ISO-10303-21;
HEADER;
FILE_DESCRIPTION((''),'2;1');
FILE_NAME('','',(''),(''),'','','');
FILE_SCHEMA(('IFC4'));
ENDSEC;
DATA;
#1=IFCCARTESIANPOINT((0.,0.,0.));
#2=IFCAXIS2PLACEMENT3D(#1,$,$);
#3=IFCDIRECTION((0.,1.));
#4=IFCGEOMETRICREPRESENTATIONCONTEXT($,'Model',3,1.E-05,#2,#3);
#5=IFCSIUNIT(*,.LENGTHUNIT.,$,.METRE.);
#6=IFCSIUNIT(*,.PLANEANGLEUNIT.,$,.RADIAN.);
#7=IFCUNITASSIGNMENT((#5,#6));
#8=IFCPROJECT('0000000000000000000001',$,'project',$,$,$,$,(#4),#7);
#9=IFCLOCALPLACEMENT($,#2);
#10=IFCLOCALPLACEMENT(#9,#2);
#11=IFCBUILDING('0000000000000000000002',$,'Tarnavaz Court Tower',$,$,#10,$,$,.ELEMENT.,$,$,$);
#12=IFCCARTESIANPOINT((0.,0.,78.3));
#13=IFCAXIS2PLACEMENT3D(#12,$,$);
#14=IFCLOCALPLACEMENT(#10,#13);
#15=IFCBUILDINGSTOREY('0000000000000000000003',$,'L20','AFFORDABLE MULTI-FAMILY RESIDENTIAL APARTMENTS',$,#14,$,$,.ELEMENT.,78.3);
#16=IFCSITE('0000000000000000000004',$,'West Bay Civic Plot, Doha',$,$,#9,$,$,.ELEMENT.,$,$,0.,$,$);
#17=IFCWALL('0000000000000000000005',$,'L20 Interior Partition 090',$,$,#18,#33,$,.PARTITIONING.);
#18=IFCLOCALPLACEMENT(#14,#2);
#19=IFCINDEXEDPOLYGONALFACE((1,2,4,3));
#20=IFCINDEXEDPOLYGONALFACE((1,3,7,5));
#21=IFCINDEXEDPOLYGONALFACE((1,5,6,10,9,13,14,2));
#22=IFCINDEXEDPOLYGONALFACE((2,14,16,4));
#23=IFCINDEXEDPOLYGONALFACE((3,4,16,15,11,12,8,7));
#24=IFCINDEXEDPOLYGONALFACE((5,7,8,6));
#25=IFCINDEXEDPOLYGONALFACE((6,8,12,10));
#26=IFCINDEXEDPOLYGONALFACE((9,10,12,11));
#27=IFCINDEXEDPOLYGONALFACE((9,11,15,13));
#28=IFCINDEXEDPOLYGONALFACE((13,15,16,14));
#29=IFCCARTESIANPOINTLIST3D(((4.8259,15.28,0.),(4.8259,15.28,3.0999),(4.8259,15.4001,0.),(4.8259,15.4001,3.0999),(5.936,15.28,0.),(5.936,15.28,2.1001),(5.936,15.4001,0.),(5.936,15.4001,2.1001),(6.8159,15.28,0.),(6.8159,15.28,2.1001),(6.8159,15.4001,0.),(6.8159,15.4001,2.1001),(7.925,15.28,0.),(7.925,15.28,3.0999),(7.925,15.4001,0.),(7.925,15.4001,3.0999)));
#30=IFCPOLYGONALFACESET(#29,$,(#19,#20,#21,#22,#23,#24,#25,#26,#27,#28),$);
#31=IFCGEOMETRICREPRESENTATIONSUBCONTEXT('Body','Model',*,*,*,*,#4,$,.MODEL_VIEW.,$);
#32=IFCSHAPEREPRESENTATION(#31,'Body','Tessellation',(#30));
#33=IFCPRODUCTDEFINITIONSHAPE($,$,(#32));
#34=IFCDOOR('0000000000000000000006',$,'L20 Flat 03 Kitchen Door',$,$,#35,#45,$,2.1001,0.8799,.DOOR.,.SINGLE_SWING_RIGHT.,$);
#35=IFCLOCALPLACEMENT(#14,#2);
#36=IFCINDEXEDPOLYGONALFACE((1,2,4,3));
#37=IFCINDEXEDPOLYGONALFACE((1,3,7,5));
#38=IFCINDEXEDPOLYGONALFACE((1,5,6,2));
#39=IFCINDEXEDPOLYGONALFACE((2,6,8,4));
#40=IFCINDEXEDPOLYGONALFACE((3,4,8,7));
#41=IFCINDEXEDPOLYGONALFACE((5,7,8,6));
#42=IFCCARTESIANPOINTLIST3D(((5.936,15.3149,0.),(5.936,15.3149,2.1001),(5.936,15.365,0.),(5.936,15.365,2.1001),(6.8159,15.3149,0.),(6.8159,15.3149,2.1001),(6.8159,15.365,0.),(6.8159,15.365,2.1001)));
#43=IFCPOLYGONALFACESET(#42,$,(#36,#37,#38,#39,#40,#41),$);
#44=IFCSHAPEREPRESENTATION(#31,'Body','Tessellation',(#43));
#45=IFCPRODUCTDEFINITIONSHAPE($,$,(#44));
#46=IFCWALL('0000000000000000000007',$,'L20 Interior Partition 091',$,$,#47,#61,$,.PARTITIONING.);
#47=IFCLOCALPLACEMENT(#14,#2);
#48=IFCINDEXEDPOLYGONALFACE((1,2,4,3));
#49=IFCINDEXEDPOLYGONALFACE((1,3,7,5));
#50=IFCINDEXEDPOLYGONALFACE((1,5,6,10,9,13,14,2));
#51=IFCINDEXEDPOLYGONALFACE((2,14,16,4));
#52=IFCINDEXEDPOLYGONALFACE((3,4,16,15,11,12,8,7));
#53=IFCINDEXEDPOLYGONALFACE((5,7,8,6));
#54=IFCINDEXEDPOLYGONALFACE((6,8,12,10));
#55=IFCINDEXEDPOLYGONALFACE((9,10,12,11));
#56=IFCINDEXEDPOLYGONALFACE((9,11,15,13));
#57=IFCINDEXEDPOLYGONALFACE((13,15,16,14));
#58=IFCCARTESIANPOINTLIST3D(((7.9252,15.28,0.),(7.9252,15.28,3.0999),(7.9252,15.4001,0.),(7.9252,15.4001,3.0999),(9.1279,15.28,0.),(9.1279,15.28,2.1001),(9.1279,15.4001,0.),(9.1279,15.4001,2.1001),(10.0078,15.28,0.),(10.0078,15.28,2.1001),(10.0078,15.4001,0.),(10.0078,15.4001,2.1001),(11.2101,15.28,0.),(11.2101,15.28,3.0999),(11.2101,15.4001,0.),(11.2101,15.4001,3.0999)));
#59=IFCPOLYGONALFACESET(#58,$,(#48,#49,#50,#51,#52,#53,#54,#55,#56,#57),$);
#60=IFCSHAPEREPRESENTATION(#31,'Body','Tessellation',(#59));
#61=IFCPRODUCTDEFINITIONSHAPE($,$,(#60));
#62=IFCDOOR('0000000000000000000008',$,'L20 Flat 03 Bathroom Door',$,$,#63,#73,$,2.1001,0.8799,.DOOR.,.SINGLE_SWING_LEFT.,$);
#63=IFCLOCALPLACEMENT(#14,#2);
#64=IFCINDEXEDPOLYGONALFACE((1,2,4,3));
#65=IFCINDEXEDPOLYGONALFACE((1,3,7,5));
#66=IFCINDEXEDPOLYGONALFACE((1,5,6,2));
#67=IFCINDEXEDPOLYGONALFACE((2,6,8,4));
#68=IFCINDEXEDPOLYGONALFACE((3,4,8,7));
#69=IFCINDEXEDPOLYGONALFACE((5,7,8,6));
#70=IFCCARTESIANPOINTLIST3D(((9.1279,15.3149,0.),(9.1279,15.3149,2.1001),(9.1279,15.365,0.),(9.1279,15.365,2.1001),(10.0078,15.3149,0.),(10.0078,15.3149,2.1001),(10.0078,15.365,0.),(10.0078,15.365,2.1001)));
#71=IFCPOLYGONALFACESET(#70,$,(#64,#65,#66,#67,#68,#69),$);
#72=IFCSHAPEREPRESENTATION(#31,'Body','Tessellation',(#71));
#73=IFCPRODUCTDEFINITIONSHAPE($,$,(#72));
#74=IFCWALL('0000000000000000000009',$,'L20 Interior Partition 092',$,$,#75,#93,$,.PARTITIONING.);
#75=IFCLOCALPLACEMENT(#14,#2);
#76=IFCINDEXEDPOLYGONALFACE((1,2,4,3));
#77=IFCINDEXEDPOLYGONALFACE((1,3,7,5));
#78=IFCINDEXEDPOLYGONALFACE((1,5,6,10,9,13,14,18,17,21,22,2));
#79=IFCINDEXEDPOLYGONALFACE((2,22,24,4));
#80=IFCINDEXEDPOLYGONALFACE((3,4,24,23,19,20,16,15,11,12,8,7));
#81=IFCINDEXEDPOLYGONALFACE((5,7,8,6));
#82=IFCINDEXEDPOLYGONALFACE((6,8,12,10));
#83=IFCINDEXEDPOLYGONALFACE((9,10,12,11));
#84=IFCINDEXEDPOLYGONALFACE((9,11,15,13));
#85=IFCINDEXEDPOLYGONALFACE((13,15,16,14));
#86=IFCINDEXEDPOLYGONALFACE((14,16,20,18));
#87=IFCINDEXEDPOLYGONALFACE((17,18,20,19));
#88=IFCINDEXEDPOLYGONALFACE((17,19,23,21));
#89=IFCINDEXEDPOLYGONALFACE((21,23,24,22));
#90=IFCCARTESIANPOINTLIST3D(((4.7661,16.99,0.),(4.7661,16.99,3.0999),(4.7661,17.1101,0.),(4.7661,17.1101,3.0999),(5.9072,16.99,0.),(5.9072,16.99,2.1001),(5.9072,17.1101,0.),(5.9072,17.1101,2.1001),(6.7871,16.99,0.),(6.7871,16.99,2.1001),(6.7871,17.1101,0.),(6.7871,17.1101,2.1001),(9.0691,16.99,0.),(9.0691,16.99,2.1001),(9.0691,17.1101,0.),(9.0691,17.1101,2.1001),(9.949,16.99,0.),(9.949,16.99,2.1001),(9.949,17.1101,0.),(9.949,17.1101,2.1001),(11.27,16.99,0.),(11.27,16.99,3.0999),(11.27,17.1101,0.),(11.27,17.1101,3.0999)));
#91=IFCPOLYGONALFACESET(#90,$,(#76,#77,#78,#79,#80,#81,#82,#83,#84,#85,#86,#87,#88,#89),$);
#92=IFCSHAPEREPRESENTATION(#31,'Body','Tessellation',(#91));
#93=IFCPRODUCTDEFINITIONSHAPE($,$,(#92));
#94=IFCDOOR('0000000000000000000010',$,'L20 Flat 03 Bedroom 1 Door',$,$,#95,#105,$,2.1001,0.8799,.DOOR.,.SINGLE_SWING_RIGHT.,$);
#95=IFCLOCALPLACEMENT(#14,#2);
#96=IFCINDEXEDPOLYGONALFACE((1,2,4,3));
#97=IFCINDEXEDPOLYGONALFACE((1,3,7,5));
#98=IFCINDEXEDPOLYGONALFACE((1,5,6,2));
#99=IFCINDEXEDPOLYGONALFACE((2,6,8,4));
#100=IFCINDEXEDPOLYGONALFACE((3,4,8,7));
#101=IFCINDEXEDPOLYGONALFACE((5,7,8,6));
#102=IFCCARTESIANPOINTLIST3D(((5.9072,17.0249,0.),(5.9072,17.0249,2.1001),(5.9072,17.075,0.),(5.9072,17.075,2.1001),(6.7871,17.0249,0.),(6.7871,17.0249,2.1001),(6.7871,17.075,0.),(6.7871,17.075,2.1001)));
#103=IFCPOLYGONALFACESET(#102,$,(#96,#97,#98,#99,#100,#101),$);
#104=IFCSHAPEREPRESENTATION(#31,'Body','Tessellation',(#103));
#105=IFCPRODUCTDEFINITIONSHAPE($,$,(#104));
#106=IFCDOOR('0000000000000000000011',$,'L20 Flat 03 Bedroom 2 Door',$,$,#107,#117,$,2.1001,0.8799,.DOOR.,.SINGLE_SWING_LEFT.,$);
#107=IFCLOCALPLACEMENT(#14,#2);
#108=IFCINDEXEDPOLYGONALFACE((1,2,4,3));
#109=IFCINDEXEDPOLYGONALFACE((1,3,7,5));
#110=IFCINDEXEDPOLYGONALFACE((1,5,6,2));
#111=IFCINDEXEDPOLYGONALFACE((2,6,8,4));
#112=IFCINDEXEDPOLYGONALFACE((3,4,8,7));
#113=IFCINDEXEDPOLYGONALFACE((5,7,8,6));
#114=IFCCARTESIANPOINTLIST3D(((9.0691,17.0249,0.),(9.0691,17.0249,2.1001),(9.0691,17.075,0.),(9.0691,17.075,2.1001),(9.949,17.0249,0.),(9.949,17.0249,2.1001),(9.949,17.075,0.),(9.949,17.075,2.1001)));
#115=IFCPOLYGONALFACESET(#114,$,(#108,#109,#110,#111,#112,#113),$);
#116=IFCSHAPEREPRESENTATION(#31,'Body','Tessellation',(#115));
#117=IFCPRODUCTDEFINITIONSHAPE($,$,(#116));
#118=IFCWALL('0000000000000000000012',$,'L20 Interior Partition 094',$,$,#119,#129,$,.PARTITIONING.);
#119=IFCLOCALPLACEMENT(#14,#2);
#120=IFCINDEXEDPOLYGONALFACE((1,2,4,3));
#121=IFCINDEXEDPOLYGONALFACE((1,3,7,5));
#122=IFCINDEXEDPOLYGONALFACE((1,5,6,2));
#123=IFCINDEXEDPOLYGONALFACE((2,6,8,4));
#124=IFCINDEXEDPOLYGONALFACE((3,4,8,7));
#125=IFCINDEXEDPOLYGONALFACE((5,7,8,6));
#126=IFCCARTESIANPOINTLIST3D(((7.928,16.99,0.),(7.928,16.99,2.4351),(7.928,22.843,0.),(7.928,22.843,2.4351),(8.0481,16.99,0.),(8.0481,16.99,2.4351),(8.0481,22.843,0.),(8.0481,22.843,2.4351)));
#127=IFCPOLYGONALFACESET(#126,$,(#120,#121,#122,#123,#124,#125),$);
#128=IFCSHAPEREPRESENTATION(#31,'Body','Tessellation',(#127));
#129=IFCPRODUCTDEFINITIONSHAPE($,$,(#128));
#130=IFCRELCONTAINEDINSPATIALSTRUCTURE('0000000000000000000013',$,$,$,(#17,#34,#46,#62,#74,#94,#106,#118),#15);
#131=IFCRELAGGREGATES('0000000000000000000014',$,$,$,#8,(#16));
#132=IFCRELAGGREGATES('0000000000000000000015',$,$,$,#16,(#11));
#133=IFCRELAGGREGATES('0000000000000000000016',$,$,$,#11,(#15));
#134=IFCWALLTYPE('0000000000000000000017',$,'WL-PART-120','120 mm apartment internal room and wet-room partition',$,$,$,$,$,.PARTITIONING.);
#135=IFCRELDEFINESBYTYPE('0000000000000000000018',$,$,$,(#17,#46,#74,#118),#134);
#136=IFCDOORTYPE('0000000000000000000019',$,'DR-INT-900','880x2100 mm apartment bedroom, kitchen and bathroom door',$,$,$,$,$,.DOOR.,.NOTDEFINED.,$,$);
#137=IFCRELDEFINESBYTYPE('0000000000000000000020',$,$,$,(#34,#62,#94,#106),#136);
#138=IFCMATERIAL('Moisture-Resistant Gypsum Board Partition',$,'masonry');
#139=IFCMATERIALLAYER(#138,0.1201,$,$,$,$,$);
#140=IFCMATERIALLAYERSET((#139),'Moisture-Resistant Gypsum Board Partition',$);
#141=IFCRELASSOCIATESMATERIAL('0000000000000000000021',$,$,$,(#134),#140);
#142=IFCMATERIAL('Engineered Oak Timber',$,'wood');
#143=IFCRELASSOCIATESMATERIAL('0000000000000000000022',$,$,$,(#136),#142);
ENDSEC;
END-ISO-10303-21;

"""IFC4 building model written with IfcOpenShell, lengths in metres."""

from ifc_helpers import new_model, si_unit, direction, frame, frame_2d, origin, place, context, subcontext, project, spatial, rectangle, extrude, material, layer, layer_set, type_object, element, fill, save


model = new_model("IFC4")

# Units and contexts
model_context = context("Model", 3, precision=1e-05, world=origin(), true_north=direction((0.0, 1.0)))
body_context = subcontext(model_context, "Body", "Model", "MODEL_VIEW")
ifc_project = project(units=[si_unit("LENGTHUNIT", "METRE"), si_unit("PLANEANGLEUNIT", "RADIAN")], contexts=[model_context])

# Site, building, storey
site_placement = place(None, origin())
site = spatial("IfcSite", under=ifc_project, at=site_placement, Name="West Bay Civic Plot, Doha", CompositionType="ELEMENT", RefElevation=0.0)
building_placement = place(site_placement, origin())
building = spatial("IfcBuilding", under=site, at=building_placement, Name="Tarnavaz Court Tower", CompositionType="ELEMENT")
storey_placement = place(building_placement, frame((0.0, 0.0, 78.3)))
storey = spatial("IfcBuildingStorey", under=building, at=storey_placement, Name="L20", Description="AFFORDABLE MULTI-FAMILY RESIDENTIAL APARTMENTS", CompositionType="ELEMENT", Elevation=78.3)

# Walls, openings, doors
ifc_material_1 = material(Name="Moisture-Resistant Gypsum Board Partition", Category="masonry")
ifc_layer_1 = layer(ifc_material_1, 0.1201)
ifc_layer_set_1 = layer_set([ifc_layer_1], Name="Moisture-Resistant Gypsum Board Partition")
wall_type_1 = type_object("IfcWallType", Name="WL-PART-120", Description="120 mm apartment internal room and wet-room partition", PredefinedType="PARTITIONING", material=ifc_layer_set_1)
wall_1_placement = place(storey_placement, frame((4.8259, 15.3401, 0.0), z_axis=(0.0, 0.0, 1.0), x_axis=(1.0, 0.0, 0.0)))
wall_1 = element("IfcWall", 1, at=wall_1_placement, inside=storey, type_object=wall_type_1, Name="L20 Interior Partition 090", PredefinedType="PARTITIONING", context=body_context, shape_type="SweptSolid", body=[
    extrude(rectangle(XDim=3.0991, YDim=0.1201, at=frame_2d((1.5496, 0.0))), origin(), (0.0, 0.0, 1.0), 3.0999),
])
opening_1_placement = place(wall_1_placement, frame((1.1101, 0.0, 0.0)))
opening_1 = element("IfcOpeningElement", 2, at=opening_1_placement, cuts=wall_1, PredefinedType="OPENING", context=body_context, shape_type="SweptSolid", body=[
    extrude(rectangle(XDim=0.8799, YDim=2.1001, at=frame_2d((0.4399, 1.05))), frame((0.0, 0.0701, 0.0), z_axis=(0.0, -1.0, 0.0), x_axis=(1.0, 0.0, 0.0)), (0.0, 0.0, 1.0), 0.1401),
])
ifc_material_2 = material(Name="Engineered Oak Timber", Category="wood")
door_type_1 = type_object("IfcDoorType", Name="DR-INT-900", Description="880x2100 mm apartment bedroom, kitchen and bathroom door", OperationType="NOTDEFINED", PredefinedType="DOOR", material=ifc_material_2)
door_1_placement = place(opening_1_placement, origin())
door_1 = element("IfcDoor", 3, at=door_1_placement, inside=storey, type_object=door_type_1, Name="L20 Flat 03 Kitchen Door", OperationType="SINGLE_SWING_RIGHT", OverallHeight=2.1001, OverallWidth=0.8799, PredefinedType="DOOR", context=body_context, shape_type="SweptSolid", body=[
    extrude(rectangle(XDim=0.8799, YDim=2.1001, at=frame_2d((0.4399, 1.05))), frame((0.0, 0.0249, 0.0), z_axis=(0.0, -1.0, 0.0), x_axis=(1.0, 0.0, 0.0)), (0.0, 0.0, 1.0), 0.05),
])
fill(opening_1, door_1)
wall_2_placement = place(storey_placement, frame((7.925, 15.3401, 0.0), z_axis=(0.0, 0.0, 1.0), x_axis=(1.0, 0.0, 0.0)))
wall_2 = element("IfcWall", 4, at=wall_2_placement, inside=storey, type_object=wall_type_1, Name="L20 Interior Partition 091", PredefinedType="PARTITIONING", context=body_context, shape_type="SweptSolid", body=[
    extrude(rectangle(XDim=3.2849, YDim=0.1201, at=frame_2d((1.6426, 0.0))), origin(), (0.0, 0.0, 1.0), 3.0999),
])
opening_2_placement = place(wall_2_placement, frame((1.2029, 0.0, 0.0)))
opening_2 = element("IfcOpeningElement", 5, at=opening_2_placement, cuts=wall_2, PredefinedType="OPENING", context=body_context, shape_type="SweptSolid", body=[
    extrude(rectangle(XDim=0.8799, YDim=2.1001, at=frame_2d((0.4399, 1.05))), frame((0.0, 0.0701, 0.0), z_axis=(0.0, -1.0, 0.0), x_axis=(1.0, 0.0, 0.0)), (0.0, 0.0, 1.0), 0.1401),
])
door_2_placement = place(opening_2_placement, origin())
door_2 = element("IfcDoor", 6, at=door_2_placement, inside=storey, type_object=door_type_1, Name="L20 Flat 03 Bathroom Door", OperationType="SINGLE_SWING_LEFT", OverallHeight=2.1001, OverallWidth=0.8799, PredefinedType="DOOR", context=body_context, shape_type="SweptSolid", body=[
    extrude(rectangle(XDim=0.8799, YDim=2.1001, at=frame_2d((0.4399, 1.05))), frame((0.0, 0.0249, 0.0), z_axis=(0.0, -1.0, 0.0), x_axis=(1.0, 0.0, 0.0)), (0.0, 0.0, 1.0), 0.05),
])
fill(opening_2, door_2)

# Wall, openings, doors
wall_3_placement = place(storey_placement, frame((4.7661, 17.05, 0.0), z_axis=(0.0, 0.0, 1.0), x_axis=(1.0, 0.0, 0.0)))
wall_3 = element("IfcWall", 7, at=wall_3_placement, inside=storey, type_object=wall_type_1, Name="L20 Interior Partition 092", PredefinedType="PARTITIONING", context=body_context, shape_type="SweptSolid", body=[
    extrude(rectangle(XDim=6.5039, YDim=0.1201, at=frame_2d((3.252, 0.0))), origin(), (0.0, 0.0, 1.0), 3.0999),
])
opening_3_placement = place(wall_3_placement, frame((1.1411, 0.0, 0.0)))
opening_3 = element("IfcOpeningElement", 8, at=opening_3_placement, cuts=wall_3, PredefinedType="OPENING", context=body_context, shape_type="SweptSolid", body=[
    extrude(rectangle(XDim=0.8799, YDim=2.1001, at=frame_2d((0.4399, 1.05))), frame((0.0, 0.0701, 0.0), z_axis=(0.0, -1.0, 0.0), x_axis=(1.0, 0.0, 0.0)), (0.0, 0.0, 1.0), 0.1401),
])
opening_4_placement = place(wall_3_placement, frame((4.303, 0.0, 0.0)))
opening_4 = element("IfcOpeningElement", 9, at=opening_4_placement, cuts=wall_3, PredefinedType="OPENING", context=body_context, shape_type="SweptSolid", body=[
    extrude(rectangle(XDim=0.8799, YDim=2.1001, at=frame_2d((0.4399, 1.05))), frame((0.0, 0.0701, 0.0), z_axis=(0.0, -1.0, 0.0), x_axis=(1.0, 0.0, 0.0)), (0.0, 0.0, 1.0), 0.1401),
])
door_3_placement = place(opening_3_placement, origin())
door_3 = element("IfcDoor", 10, at=door_3_placement, inside=storey, type_object=door_type_1, Name="L20 Flat 03 Bedroom 1 Door", OperationType="SINGLE_SWING_RIGHT", OverallHeight=2.1001, OverallWidth=0.8799, PredefinedType="DOOR", context=body_context, shape_type="SweptSolid", body=[
    extrude(rectangle(XDim=0.8799, YDim=2.1001, at=frame_2d((0.4399, 1.05))), frame((0.0, 0.0249, 0.0), z_axis=(0.0, -1.0, 0.0), x_axis=(1.0, 0.0, 0.0)), (0.0, 0.0, 1.0), 0.05),
])
fill(opening_3, door_3)
door_4_placement = place(opening_4_placement, origin())
door_4 = element("IfcDoor", 11, at=door_4_placement, inside=storey, type_object=door_type_1, Name="L20 Flat 03 Bedroom 2 Door", OperationType="SINGLE_SWING_LEFT", OverallHeight=2.1001, OverallWidth=0.8799, PredefinedType="DOOR", context=body_context, shape_type="SweptSolid", body=[
    extrude(rectangle(XDim=0.8799, YDim=2.1001, at=frame_2d((0.4399, 1.05))), frame((0.0, 0.0249, 0.0), z_axis=(0.0, -1.0, 0.0), x_axis=(1.0, 0.0, 0.0)), (0.0, 0.0, 1.0), 0.05),
])
fill(opening_4, door_4)

# Wall
wall_4_placement = place(storey_placement, frame((7.988, 16.99, 0.0), z_axis=(0.0, 0.0, 1.0), x_axis=(0.0, 1.0, 0.0)))
element("IfcWall", 12, at=wall_4_placement, inside=storey, type_object=wall_type_1, Name="L20 Interior Partition 094", PredefinedType="PARTITIONING", context=body_context, shape_type="SweptSolid", body=[
    extrude(rectangle(XDim=5.853, YDim=0.1201, at=frame_2d((2.9265, 0.0))), origin(), (0.0, 0.0, 1.0), 2.4351),
])

save(model, "model.ifc")
